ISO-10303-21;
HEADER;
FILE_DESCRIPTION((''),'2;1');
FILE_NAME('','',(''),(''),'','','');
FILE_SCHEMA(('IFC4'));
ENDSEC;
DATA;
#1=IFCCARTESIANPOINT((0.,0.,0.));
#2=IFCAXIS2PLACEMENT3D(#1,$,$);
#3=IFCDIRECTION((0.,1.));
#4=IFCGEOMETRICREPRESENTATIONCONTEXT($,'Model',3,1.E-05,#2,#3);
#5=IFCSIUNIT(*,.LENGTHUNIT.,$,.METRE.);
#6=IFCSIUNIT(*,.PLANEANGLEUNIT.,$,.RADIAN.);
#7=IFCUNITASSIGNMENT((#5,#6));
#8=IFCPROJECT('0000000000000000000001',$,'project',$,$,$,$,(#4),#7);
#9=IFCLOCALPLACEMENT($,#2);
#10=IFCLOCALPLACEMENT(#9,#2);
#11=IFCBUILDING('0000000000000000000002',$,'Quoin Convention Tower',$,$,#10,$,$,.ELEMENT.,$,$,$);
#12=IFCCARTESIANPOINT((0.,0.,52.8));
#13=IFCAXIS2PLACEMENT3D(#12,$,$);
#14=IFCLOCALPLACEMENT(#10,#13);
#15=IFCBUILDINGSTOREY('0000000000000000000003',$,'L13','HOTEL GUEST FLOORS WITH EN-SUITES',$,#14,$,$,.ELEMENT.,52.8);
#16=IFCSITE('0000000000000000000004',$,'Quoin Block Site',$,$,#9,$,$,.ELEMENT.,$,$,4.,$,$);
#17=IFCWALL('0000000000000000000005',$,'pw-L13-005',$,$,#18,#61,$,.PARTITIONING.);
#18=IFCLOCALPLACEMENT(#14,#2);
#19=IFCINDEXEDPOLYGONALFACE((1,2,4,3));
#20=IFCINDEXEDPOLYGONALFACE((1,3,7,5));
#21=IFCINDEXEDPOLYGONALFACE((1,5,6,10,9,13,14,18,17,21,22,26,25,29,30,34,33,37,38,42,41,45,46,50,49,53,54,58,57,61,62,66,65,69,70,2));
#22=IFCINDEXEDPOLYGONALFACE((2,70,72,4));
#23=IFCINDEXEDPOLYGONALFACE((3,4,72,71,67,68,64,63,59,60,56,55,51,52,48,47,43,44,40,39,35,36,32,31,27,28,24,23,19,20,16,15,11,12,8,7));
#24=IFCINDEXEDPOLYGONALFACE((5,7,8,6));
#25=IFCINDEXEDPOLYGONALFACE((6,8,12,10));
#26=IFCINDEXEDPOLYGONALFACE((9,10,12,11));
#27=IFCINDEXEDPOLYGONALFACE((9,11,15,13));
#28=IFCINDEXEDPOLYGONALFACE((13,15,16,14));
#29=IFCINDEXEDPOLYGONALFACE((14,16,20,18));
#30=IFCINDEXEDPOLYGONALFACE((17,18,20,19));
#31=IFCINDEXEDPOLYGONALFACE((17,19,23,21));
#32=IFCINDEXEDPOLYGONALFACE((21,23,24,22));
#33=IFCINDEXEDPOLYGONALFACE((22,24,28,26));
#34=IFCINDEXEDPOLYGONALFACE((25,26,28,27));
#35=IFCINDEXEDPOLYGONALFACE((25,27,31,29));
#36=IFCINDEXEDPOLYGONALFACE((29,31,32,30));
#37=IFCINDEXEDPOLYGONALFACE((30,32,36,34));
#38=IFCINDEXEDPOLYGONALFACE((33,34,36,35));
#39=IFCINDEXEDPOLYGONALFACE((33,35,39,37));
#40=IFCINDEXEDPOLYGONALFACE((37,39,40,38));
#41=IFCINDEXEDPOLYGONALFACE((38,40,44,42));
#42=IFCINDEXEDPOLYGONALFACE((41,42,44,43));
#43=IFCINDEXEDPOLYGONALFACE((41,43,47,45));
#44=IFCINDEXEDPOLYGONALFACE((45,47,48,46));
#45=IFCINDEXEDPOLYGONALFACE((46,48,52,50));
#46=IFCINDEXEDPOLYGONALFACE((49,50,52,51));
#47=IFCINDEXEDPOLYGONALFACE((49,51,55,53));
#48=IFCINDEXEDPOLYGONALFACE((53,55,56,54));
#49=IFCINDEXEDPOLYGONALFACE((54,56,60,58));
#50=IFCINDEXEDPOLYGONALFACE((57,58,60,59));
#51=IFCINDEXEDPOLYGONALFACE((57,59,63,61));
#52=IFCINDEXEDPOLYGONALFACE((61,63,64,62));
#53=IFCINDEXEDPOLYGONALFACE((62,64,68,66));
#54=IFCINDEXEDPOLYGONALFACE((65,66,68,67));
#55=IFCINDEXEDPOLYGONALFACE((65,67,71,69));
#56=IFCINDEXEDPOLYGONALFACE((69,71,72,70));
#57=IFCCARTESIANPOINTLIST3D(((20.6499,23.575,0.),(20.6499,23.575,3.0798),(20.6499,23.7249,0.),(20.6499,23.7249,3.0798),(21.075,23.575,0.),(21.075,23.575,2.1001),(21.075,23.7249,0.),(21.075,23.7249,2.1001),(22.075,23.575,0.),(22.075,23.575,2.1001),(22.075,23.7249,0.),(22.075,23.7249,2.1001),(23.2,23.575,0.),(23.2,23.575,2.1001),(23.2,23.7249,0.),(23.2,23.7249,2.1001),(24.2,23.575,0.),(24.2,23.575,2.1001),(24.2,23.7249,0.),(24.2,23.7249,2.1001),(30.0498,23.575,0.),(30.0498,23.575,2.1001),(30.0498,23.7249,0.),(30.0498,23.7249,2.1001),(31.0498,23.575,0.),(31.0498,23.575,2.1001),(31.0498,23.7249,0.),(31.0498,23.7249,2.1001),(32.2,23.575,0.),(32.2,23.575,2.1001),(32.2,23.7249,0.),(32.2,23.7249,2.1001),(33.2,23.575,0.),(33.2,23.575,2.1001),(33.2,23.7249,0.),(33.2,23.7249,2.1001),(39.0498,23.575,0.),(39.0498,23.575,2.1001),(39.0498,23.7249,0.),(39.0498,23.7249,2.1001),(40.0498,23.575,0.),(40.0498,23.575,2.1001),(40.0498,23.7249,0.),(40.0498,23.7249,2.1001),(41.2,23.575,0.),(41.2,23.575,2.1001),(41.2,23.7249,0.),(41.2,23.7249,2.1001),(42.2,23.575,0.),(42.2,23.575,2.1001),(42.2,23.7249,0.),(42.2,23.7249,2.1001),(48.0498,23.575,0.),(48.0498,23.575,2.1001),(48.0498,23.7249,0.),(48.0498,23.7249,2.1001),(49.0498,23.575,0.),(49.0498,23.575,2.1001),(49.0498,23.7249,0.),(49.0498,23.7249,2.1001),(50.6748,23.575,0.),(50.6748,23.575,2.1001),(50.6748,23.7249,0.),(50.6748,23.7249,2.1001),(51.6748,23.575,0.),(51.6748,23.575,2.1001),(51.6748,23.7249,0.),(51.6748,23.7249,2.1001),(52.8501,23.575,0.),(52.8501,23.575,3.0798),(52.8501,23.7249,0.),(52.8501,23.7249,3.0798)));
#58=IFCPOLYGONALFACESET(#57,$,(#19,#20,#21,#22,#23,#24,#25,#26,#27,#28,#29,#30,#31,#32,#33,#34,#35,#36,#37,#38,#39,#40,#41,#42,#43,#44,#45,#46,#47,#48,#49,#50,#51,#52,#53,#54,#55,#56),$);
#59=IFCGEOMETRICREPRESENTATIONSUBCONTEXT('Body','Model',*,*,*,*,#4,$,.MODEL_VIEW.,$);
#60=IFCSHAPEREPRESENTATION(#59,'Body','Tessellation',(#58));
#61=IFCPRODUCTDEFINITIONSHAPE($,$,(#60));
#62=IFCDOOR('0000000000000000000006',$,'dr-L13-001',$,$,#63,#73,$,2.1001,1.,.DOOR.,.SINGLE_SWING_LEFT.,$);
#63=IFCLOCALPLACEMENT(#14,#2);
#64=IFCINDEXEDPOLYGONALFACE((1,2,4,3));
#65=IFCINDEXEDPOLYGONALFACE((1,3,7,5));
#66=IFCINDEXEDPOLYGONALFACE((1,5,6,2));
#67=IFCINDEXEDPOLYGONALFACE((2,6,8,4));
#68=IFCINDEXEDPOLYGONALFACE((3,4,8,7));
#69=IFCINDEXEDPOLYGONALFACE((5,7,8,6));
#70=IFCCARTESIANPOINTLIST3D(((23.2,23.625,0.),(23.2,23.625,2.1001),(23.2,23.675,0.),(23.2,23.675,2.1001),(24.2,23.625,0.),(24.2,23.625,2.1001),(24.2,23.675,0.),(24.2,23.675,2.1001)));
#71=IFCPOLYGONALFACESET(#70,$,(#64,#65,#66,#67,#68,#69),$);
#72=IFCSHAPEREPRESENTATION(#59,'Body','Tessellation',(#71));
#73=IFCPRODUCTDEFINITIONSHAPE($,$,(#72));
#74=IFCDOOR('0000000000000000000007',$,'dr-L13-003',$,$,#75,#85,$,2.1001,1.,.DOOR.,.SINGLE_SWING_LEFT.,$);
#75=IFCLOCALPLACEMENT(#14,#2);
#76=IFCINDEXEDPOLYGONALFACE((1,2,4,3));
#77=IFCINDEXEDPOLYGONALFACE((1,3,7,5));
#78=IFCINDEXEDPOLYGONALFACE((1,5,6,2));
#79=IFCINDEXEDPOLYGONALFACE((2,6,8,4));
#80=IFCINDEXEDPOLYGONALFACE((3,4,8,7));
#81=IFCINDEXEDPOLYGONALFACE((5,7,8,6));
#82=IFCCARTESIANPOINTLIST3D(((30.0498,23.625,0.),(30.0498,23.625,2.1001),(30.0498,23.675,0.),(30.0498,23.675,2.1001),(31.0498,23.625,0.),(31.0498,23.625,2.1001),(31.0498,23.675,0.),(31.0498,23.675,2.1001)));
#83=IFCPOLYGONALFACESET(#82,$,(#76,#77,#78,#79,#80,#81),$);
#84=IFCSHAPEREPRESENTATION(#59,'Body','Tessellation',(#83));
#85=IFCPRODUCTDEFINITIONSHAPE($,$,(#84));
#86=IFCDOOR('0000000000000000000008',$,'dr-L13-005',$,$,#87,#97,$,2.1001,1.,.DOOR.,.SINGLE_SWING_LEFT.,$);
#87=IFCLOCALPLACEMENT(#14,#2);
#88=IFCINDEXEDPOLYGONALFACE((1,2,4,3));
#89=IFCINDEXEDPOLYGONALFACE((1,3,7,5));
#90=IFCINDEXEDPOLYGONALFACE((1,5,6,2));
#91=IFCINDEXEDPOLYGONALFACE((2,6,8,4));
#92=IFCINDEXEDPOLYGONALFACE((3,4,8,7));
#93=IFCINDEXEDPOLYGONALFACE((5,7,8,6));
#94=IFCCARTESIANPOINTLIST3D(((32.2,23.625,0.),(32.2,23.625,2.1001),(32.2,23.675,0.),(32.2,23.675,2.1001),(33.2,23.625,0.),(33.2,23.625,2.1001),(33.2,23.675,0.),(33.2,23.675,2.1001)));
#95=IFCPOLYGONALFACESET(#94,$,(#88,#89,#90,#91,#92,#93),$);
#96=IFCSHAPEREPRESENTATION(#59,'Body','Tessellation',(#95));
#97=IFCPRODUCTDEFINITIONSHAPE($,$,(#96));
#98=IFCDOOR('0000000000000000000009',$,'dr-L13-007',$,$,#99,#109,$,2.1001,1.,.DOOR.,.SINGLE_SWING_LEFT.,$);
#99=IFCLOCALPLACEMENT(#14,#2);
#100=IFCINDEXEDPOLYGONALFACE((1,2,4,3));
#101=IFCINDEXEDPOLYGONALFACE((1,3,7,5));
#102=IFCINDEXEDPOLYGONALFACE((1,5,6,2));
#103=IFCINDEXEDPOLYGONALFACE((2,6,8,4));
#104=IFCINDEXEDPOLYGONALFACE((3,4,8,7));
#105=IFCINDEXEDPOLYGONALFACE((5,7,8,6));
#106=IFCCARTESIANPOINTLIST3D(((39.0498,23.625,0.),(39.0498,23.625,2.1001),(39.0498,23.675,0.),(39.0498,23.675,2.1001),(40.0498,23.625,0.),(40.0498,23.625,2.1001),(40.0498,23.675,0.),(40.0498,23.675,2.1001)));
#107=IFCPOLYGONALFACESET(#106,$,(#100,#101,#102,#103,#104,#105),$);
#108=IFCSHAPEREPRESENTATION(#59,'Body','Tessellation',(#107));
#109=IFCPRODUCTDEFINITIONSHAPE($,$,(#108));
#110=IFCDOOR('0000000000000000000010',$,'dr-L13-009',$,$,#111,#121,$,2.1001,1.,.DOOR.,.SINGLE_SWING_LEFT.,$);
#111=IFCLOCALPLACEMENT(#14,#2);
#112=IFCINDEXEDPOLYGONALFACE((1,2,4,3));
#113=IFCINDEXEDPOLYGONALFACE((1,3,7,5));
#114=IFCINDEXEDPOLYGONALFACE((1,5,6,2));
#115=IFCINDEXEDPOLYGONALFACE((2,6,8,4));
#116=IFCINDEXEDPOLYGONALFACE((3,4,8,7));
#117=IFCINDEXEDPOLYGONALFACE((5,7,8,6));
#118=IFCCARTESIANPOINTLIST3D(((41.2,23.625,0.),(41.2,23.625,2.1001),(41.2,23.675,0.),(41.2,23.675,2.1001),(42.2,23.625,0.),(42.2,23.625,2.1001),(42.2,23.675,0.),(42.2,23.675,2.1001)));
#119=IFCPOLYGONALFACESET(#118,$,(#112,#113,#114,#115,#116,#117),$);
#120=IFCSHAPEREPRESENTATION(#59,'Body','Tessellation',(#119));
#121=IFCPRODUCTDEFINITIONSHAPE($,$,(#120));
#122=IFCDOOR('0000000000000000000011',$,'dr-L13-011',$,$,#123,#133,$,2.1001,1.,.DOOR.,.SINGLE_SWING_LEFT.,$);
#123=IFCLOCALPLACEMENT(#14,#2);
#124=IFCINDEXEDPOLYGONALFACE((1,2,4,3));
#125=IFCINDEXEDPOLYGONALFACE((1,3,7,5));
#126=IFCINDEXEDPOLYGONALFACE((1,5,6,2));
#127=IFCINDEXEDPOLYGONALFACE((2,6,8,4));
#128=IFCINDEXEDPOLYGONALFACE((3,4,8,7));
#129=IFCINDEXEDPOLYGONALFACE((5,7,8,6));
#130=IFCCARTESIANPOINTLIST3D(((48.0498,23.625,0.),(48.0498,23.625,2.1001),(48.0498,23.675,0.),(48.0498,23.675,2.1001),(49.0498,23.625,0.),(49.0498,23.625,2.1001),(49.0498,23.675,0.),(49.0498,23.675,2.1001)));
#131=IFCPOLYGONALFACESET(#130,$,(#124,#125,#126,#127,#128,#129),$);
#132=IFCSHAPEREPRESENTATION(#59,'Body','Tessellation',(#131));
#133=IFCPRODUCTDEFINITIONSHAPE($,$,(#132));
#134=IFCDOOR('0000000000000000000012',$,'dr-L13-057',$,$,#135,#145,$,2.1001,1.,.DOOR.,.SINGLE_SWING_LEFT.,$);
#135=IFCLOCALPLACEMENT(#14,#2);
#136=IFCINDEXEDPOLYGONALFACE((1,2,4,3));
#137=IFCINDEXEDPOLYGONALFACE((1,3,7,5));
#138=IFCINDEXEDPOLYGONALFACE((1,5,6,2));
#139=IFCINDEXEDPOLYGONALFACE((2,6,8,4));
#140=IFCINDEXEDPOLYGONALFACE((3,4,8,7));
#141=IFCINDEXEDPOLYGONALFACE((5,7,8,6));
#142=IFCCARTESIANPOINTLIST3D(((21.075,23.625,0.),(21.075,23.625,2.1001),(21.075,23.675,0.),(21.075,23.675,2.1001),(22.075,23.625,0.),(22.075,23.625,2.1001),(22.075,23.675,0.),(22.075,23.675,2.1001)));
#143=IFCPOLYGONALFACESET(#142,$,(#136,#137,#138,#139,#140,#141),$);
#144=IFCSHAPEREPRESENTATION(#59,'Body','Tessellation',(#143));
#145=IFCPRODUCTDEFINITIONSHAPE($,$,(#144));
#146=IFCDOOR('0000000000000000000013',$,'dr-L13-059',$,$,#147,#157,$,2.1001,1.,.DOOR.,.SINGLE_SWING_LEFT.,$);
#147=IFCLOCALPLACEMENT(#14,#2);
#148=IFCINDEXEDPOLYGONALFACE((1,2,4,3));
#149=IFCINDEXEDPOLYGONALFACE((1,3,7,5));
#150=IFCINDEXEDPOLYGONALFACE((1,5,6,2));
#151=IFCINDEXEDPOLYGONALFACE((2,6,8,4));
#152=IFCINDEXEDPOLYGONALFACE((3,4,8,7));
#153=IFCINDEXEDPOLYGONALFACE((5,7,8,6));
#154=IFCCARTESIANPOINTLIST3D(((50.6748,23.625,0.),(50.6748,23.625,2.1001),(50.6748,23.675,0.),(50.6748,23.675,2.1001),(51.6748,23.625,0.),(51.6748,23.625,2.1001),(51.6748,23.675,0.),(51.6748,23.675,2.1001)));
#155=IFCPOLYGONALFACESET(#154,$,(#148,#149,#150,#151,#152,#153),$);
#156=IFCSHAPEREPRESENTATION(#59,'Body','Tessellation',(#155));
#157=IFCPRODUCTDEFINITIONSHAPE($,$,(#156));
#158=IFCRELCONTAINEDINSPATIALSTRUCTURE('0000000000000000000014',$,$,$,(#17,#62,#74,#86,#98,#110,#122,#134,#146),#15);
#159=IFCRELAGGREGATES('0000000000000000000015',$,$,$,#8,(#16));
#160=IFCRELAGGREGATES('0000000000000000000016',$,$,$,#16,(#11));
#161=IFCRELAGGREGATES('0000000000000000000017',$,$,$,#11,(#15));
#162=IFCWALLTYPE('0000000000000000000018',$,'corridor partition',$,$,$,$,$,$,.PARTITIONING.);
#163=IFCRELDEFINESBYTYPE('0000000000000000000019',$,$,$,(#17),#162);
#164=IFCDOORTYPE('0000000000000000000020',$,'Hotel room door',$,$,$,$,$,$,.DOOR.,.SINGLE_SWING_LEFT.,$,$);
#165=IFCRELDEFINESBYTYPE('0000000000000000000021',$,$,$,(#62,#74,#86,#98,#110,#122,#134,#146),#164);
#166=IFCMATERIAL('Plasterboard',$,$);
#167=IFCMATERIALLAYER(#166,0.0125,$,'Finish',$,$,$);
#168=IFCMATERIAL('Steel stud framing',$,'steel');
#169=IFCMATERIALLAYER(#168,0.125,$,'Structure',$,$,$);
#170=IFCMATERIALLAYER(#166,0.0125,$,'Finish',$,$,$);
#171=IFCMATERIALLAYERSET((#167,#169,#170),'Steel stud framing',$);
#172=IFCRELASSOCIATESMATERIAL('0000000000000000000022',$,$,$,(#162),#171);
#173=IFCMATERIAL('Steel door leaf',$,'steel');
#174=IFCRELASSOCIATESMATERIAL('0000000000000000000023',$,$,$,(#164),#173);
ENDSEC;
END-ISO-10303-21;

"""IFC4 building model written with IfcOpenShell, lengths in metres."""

from ifc_helpers import new_model, si_unit, direction, frame, frame_2d, origin, place, context, subcontext, project, spatial, rectangle, extrude, material, layer, layer_set, type_object, element, fill, save


model = new_model("IFC4")

# Units and contexts
model_context = context("Model", 3, precision=1e-05, world=origin(), true_north=direction((0.0, 1.0)))
body_context = subcontext(model_context, "Body", "Model", "MODEL_VIEW")
ifc_project = project(units=[si_unit("LENGTHUNIT", "METRE"), si_unit("PLANEANGLEUNIT", "RADIAN")], contexts=[model_context])

# Site, building, storey
site_placement = place(None, origin())
site = spatial("IfcSite", under=ifc_project, at=site_placement, Name="Quoin Block Site", CompositionType="ELEMENT", RefElevation=4.0)
building_placement = place(site_placement, origin())
building = spatial("IfcBuilding", under=site, at=building_placement, Name="Quoin Convention Tower", CompositionType="ELEMENT")
storey_placement = place(building_placement, frame((0.0, 0.0, 52.8)))
storey = spatial("IfcBuildingStorey", under=building, at=storey_placement, Name="L13", Description="HOTEL GUEST FLOORS WITH EN-SUITES", CompositionType="ELEMENT", Elevation=52.8)

# Shared definitions
ifc_material_1 = material(Name="Steel door leaf", Category="steel")

# Wall, openings, doors
ifc_material_2 = material(Name="Plasterboard")
ifc_layer_1 = layer(ifc_material_2, 0.0125, Name="Finish")
ifc_material_3 = material(Name="Steel stud framing", Category="steel")
ifc_layer_2 = layer(ifc_material_3, 0.125, Name="Structure")
ifc_layer_3 = layer(ifc_material_2, 0.0125, Name="Finish")
ifc_layer_set_1 = layer_set([ifc_layer_1, ifc_layer_2, ifc_layer_3], Name="Steel stud framing")
wall_type_1 = type_object("IfcWallType", Name="corridor partition", PredefinedType="PARTITIONING", material=ifc_layer_set_1)
wall_1_placement = place(storey_placement, frame((20.6499, 23.6499, 0.0), z_axis=(0.0, 0.0, 1.0), x_axis=(1.0, 0.0, 0.0)))
wall_1 = element("IfcWall", 1, at=wall_1_placement, inside=storey, type_object=wall_type_1, Name="pw-L13-005", PredefinedType="PARTITIONING", context=body_context, shape_type="SweptSolid", body=[
    extrude(rectangle(XDim=32.2002, YDim=0.1499, at=frame_2d((16.1001, 0.0))), origin(), (0.0, 0.0, 1.0), 3.0798),
])
opening_1_placement = place(wall_1_placement, frame((2.55, 0.0, 0.0)))
opening_1 = element("IfcOpeningElement", 2, at=opening_1_placement, cuts=wall_1, PredefinedType="OPENING", context=body_context, shape_type="SweptSolid", body=[
    extrude(rectangle(XDim=1.0, YDim=2.1001, at=frame_2d((0.5, 1.05))), frame((0.0, 0.085, 0.0), z_axis=(0.0, -1.0, 0.0), x_axis=(1.0, 0.0, 0.0)), (0.0, 0.0, 1.0), 0.1699),
])
opening_2_placement = place(wall_1_placement, frame((9.3999, 0.0, 0.0)))
opening_2 = element("IfcOpeningElement", 3, at=opening_2_placement, cuts=wall_1, PredefinedType="OPENING", context=body_context, shape_type="SweptSolid", body=[
    extrude(rectangle(XDim=1.0, YDim=2.1001, at=frame_2d((0.5, 1.05))), frame((0.0, 0.085, 0.0), z_axis=(0.0, -1.0, 0.0), x_axis=(1.0, 0.0, 0.0)), (0.0, 0.0, 1.0), 0.1699),
])
opening_3_placement = place(wall_1_placement, frame((11.55, 0.0, 0.0)))
opening_3 = element("IfcOpeningElement", 4, at=opening_3_placement, cuts=wall_1, PredefinedType="OPENING", context=body_context, shape_type="SweptSolid", body=[
    extrude(rectangle(XDim=1.0, YDim=2.1001, at=frame_2d((0.5, 1.05))), frame((0.0, 0.085, 0.0), z_axis=(0.0, -1.0, 0.0), x_axis=(1.0, 0.0, 0.0)), (0.0, 0.0, 1.0), 0.1699),
])
opening_4_placement = place(wall_1_placement, frame((18.3999, 0.0, 0.0)))
opening_4 = element("IfcOpeningElement", 5, at=opening_4_placement, cuts=wall_1, PredefinedType="OPENING", context=body_context, shape_type="SweptSolid", body=[
    extrude(rectangle(XDim=1.0, YDim=2.1001, at=frame_2d((0.5, 1.05))), frame((0.0, 0.085, 0.0), z_axis=(0.0, -1.0, 0.0), x_axis=(1.0, 0.0, 0.0)), (0.0, 0.0, 1.0), 0.1699),
])
opening_5_placement = place(wall_1_placement, frame((20.55, 0.0, 0.0)))
opening_5 = element("IfcOpeningElement", 6, at=opening_5_placement, cuts=wall_1, PredefinedType="OPENING", context=body_context, shape_type="SweptSolid", body=[
    extrude(rectangle(XDim=1.0, YDim=2.1001, at=frame_2d((0.5, 1.05))), frame((0.0, 0.085, 0.0), z_axis=(0.0, -1.0, 0.0), x_axis=(1.0, 0.0, 0.0)), (0.0, 0.0, 1.0), 0.1699),
])
opening_6_placement = place(wall_1_placement, frame((27.3999, 0.0, 0.0)))
opening_6 = element("IfcOpeningElement", 7, at=opening_6_placement, cuts=wall_1, PredefinedType="OPENING", context=body_context, shape_type="SweptSolid", body=[
    extrude(rectangle(XDim=1.0, YDim=2.1001, at=frame_2d((0.5, 1.05))), frame((0.0, 0.085, 0.0), z_axis=(0.0, -1.0, 0.0), x_axis=(1.0, 0.0, 0.0)), (0.0, 0.0, 1.0), 0.1699),
])
opening_7_placement = place(wall_1_placement, frame((0.425, 0.0, 0.0)))
opening_7 = element("IfcOpeningElement", 8, at=opening_7_placement, cuts=wall_1, PredefinedType="OPENING", context=body_context, shape_type="SweptSolid", body=[
    extrude(rectangle(XDim=1.0, YDim=2.1001, at=frame_2d((0.5, 1.05))), frame((0.0, 0.085, 0.0), z_axis=(0.0, -1.0, 0.0), x_axis=(1.0, 0.0, 0.0)), (0.0, 0.0, 1.0), 0.1699),
])
opening_8_placement = place(wall_1_placement, frame((30.0249, 0.0, 0.0)))
opening_8 = element("IfcOpeningElement", 9, at=opening_8_placement, cuts=wall_1, PredefinedType="OPENING", context=body_context, shape_type="SweptSolid", body=[
    extrude(rectangle(XDim=1.0, YDim=2.1001, at=frame_2d((0.5, 1.05))), frame((0.0, 0.085, 0.0), z_axis=(0.0, -1.0, 0.0), x_axis=(1.0, 0.0, 0.0)), (0.0, 0.0, 1.0), 0.1699),
])
door_type_1 = type_object("IfcDoorType", Name="Hotel room door", OperationType="SINGLE_SWING_LEFT", PredefinedType="DOOR", material=ifc_material_1)
door_1_placement = place(opening_1_placement, frame((1.0, 0.0, 0.0), z_axis=(0.0, 0.0, 1.0), x_axis=(-1.0, 0.0, 0.0)))
door_1 = element("IfcDoor", 10, at=door_1_placement, inside=storey, type_object=door_type_1, Name="dr-L13-001", OperationType="SINGLE_SWING_LEFT", OverallHeight=2.1001, OverallWidth=1.0, PredefinedType="DOOR", context=body_context, shape_type="SweptSolid", body=[
    extrude(rectangle(XDim=1.0, YDim=2.1001, at=frame_2d((0.5, 1.05))), frame((0.0, 0.0249, 0.0), z_axis=(0.0, -1.0, 0.0), x_axis=(1.0, 0.0, 0.0)), (0.0, 0.0, 1.0), 0.05),
])
fill(opening_1, door_1)
door_2_placement = place(opening_2_placement, frame((1.0, 0.0, 0.0), z_axis=(0.0, 0.0, 1.0), x_axis=(-1.0, 0.0, 0.0)))
door_2 = element("IfcDoor", 11, at=door_2_placement, inside=storey, type_object=door_type_1, Name="dr-L13-003", OperationType="SINGLE_SWING_LEFT", OverallHeight=2.1001, OverallWidth=1.0, PredefinedType="DOOR", context=body_context, shape_type="SweptSolid", body=[
    extrude(rectangle(XDim=1.0, YDim=2.1001, at=frame_2d((0.5, 1.05))), frame((0.0, 0.0249, 0.0), z_axis=(0.0, -1.0, 0.0), x_axis=(1.0, 0.0, 0.0)), (0.0, 0.0, 1.0), 0.05),
])
fill(opening_2, door_2)
door_3_placement = place(opening_3_placement, frame((1.0, 0.0, 0.0), z_axis=(0.0, 0.0, 1.0), x_axis=(-1.0, 0.0, 0.0)))
door_3 = element("IfcDoor", 12, at=door_3_placement, inside=storey, type_object=door_type_1, Name="dr-L13-005", OperationType="SINGLE_SWING_LEFT", OverallHeight=2.1001, OverallWidth=1.0, PredefinedType="DOOR", context=body_context, shape_type="SweptSolid", body=[
    extrude(rectangle(XDim=1.0, YDim=2.1001, at=frame_2d((0.5, 1.05))), frame((0.0, 0.0249, 0.0), z_axis=(0.0, -1.0, 0.0), x_axis=(1.0, 0.0, 0.0)), (0.0, 0.0, 1.0), 0.05),
])
fill(opening_3, door_3)
door_4_placement = place(opening_4_placement, frame((1.0, 0.0, 0.0), z_axis=(0.0, 0.0, 1.0), x_axis=(-1.0, 0.0, 0.0)))
door_4 = element("IfcDoor", 13, at=door_4_placement, inside=storey, type_object=door_type_1, Name="dr-L13-007", OperationType="SINGLE_SWING_LEFT", OverallHeight=2.1001, OverallWidth=1.0, PredefinedType="DOOR", context=body_context, shape_type="SweptSolid", body=[
    extrude(rectangle(XDim=1.0, YDim=2.1001, at=frame_2d((0.5, 1.05))), frame((0.0, 0.0249, 0.0), z_axis=(0.0, -1.0, 0.0), x_axis=(1.0, 0.0, 0.0)), (0.0, 0.0, 1.0), 0.05),
])
fill(opening_4, door_4)
door_5_placement = place(opening_5_placement, frame((1.0, 0.0, 0.0), z_axis=(0.0, 0.0, 1.0), x_axis=(-1.0, 0.0, 0.0)))
door_5 = element("IfcDoor", 14, at=door_5_placement, inside=storey, type_object=door_type_1, Name="dr-L13-009", OperationType="SINGLE_SWING_LEFT", OverallHeight=2.1001, OverallWidth=1.0, PredefinedType="DOOR", context=body_context, shape_type="SweptSolid", body=[
    extrude(rectangle(XDim=1.0, YDim=2.1001, at=frame_2d((0.5, 1.05))), frame((0.0, 0.0249, 0.0), z_axis=(0.0, -1.0, 0.0), x_axis=(1.0, 0.0, 0.0)), (0.0, 0.0, 1.0), 0.05),
])
fill(opening_5, door_5)
door_6_placement = place(opening_6_placement, frame((1.0, 0.0, 0.0), z_axis=(0.0, 0.0, 1.0), x_axis=(-1.0, 0.0, 0.0)))
door_6 = element("IfcDoor", 15, at=door_6_placement, inside=storey, type_object=door_type_1, Name="dr-L13-011", OperationType="SINGLE_SWING_LEFT", OverallHeight=2.1001, OverallWidth=1.0, PredefinedType="DOOR", context=body_context, shape_type="SweptSolid", body=[
    extrude(rectangle(XDim=1.0, YDim=2.1001, at=frame_2d((0.5, 1.05))), frame((0.0, 0.0249, 0.0), z_axis=(0.0, -1.0, 0.0), x_axis=(1.0, 0.0, 0.0)), (0.0, 0.0, 1.0), 0.05),
])
fill(opening_6, door_6)
door_7_placement = place(opening_7_placement, frame((1.0, 0.0, 0.0), z_axis=(0.0, 0.0, 1.0), x_axis=(-1.0, 0.0, 0.0)))
door_7 = element("IfcDoor", 16, at=door_7_placement, inside=storey, type_object=door_type_1, Name="dr-L13-057", OperationType="SINGLE_SWING_LEFT", OverallHeight=2.1001, OverallWidth=1.0, PredefinedType="DOOR", context=body_context, shape_type="SweptSolid", body=[
    extrude(rectangle(XDim=1.0, YDim=2.1001, at=frame_2d((0.5, 1.05))), frame((0.0, 0.0249, 0.0), z_axis=(0.0, -1.0, 0.0), x_axis=(1.0, 0.0, 0.0)), (0.0, 0.0, 1.0), 0.05),
])
fill(opening_7, door_7)
door_8_placement = place(opening_8_placement, frame((1.0, 0.0, 0.0), z_axis=(0.0, 0.0, 1.0), x_axis=(-1.0, 0.0, 0.0)))
door_8 = element("IfcDoor", 17, at=door_8_placement, inside=storey, type_object=door_type_1, Name="dr-L13-059", OperationType="SINGLE_SWING_LEFT", OverallHeight=2.1001, OverallWidth=1.0, PredefinedType="DOOR", context=body_context, shape_type="SweptSolid", body=[
    extrude(rectangle(XDim=1.0, YDim=2.1001, at=frame_2d((0.5, 1.05))), frame((0.0, 0.0249, 0.0), z_axis=(0.0, -1.0, 0.0), x_axis=(1.0, 0.0, 0.0)), (0.0, 0.0, 1.0), 0.05),
])
fill(opening_8, door_8)

save(model, "model.ifc")
